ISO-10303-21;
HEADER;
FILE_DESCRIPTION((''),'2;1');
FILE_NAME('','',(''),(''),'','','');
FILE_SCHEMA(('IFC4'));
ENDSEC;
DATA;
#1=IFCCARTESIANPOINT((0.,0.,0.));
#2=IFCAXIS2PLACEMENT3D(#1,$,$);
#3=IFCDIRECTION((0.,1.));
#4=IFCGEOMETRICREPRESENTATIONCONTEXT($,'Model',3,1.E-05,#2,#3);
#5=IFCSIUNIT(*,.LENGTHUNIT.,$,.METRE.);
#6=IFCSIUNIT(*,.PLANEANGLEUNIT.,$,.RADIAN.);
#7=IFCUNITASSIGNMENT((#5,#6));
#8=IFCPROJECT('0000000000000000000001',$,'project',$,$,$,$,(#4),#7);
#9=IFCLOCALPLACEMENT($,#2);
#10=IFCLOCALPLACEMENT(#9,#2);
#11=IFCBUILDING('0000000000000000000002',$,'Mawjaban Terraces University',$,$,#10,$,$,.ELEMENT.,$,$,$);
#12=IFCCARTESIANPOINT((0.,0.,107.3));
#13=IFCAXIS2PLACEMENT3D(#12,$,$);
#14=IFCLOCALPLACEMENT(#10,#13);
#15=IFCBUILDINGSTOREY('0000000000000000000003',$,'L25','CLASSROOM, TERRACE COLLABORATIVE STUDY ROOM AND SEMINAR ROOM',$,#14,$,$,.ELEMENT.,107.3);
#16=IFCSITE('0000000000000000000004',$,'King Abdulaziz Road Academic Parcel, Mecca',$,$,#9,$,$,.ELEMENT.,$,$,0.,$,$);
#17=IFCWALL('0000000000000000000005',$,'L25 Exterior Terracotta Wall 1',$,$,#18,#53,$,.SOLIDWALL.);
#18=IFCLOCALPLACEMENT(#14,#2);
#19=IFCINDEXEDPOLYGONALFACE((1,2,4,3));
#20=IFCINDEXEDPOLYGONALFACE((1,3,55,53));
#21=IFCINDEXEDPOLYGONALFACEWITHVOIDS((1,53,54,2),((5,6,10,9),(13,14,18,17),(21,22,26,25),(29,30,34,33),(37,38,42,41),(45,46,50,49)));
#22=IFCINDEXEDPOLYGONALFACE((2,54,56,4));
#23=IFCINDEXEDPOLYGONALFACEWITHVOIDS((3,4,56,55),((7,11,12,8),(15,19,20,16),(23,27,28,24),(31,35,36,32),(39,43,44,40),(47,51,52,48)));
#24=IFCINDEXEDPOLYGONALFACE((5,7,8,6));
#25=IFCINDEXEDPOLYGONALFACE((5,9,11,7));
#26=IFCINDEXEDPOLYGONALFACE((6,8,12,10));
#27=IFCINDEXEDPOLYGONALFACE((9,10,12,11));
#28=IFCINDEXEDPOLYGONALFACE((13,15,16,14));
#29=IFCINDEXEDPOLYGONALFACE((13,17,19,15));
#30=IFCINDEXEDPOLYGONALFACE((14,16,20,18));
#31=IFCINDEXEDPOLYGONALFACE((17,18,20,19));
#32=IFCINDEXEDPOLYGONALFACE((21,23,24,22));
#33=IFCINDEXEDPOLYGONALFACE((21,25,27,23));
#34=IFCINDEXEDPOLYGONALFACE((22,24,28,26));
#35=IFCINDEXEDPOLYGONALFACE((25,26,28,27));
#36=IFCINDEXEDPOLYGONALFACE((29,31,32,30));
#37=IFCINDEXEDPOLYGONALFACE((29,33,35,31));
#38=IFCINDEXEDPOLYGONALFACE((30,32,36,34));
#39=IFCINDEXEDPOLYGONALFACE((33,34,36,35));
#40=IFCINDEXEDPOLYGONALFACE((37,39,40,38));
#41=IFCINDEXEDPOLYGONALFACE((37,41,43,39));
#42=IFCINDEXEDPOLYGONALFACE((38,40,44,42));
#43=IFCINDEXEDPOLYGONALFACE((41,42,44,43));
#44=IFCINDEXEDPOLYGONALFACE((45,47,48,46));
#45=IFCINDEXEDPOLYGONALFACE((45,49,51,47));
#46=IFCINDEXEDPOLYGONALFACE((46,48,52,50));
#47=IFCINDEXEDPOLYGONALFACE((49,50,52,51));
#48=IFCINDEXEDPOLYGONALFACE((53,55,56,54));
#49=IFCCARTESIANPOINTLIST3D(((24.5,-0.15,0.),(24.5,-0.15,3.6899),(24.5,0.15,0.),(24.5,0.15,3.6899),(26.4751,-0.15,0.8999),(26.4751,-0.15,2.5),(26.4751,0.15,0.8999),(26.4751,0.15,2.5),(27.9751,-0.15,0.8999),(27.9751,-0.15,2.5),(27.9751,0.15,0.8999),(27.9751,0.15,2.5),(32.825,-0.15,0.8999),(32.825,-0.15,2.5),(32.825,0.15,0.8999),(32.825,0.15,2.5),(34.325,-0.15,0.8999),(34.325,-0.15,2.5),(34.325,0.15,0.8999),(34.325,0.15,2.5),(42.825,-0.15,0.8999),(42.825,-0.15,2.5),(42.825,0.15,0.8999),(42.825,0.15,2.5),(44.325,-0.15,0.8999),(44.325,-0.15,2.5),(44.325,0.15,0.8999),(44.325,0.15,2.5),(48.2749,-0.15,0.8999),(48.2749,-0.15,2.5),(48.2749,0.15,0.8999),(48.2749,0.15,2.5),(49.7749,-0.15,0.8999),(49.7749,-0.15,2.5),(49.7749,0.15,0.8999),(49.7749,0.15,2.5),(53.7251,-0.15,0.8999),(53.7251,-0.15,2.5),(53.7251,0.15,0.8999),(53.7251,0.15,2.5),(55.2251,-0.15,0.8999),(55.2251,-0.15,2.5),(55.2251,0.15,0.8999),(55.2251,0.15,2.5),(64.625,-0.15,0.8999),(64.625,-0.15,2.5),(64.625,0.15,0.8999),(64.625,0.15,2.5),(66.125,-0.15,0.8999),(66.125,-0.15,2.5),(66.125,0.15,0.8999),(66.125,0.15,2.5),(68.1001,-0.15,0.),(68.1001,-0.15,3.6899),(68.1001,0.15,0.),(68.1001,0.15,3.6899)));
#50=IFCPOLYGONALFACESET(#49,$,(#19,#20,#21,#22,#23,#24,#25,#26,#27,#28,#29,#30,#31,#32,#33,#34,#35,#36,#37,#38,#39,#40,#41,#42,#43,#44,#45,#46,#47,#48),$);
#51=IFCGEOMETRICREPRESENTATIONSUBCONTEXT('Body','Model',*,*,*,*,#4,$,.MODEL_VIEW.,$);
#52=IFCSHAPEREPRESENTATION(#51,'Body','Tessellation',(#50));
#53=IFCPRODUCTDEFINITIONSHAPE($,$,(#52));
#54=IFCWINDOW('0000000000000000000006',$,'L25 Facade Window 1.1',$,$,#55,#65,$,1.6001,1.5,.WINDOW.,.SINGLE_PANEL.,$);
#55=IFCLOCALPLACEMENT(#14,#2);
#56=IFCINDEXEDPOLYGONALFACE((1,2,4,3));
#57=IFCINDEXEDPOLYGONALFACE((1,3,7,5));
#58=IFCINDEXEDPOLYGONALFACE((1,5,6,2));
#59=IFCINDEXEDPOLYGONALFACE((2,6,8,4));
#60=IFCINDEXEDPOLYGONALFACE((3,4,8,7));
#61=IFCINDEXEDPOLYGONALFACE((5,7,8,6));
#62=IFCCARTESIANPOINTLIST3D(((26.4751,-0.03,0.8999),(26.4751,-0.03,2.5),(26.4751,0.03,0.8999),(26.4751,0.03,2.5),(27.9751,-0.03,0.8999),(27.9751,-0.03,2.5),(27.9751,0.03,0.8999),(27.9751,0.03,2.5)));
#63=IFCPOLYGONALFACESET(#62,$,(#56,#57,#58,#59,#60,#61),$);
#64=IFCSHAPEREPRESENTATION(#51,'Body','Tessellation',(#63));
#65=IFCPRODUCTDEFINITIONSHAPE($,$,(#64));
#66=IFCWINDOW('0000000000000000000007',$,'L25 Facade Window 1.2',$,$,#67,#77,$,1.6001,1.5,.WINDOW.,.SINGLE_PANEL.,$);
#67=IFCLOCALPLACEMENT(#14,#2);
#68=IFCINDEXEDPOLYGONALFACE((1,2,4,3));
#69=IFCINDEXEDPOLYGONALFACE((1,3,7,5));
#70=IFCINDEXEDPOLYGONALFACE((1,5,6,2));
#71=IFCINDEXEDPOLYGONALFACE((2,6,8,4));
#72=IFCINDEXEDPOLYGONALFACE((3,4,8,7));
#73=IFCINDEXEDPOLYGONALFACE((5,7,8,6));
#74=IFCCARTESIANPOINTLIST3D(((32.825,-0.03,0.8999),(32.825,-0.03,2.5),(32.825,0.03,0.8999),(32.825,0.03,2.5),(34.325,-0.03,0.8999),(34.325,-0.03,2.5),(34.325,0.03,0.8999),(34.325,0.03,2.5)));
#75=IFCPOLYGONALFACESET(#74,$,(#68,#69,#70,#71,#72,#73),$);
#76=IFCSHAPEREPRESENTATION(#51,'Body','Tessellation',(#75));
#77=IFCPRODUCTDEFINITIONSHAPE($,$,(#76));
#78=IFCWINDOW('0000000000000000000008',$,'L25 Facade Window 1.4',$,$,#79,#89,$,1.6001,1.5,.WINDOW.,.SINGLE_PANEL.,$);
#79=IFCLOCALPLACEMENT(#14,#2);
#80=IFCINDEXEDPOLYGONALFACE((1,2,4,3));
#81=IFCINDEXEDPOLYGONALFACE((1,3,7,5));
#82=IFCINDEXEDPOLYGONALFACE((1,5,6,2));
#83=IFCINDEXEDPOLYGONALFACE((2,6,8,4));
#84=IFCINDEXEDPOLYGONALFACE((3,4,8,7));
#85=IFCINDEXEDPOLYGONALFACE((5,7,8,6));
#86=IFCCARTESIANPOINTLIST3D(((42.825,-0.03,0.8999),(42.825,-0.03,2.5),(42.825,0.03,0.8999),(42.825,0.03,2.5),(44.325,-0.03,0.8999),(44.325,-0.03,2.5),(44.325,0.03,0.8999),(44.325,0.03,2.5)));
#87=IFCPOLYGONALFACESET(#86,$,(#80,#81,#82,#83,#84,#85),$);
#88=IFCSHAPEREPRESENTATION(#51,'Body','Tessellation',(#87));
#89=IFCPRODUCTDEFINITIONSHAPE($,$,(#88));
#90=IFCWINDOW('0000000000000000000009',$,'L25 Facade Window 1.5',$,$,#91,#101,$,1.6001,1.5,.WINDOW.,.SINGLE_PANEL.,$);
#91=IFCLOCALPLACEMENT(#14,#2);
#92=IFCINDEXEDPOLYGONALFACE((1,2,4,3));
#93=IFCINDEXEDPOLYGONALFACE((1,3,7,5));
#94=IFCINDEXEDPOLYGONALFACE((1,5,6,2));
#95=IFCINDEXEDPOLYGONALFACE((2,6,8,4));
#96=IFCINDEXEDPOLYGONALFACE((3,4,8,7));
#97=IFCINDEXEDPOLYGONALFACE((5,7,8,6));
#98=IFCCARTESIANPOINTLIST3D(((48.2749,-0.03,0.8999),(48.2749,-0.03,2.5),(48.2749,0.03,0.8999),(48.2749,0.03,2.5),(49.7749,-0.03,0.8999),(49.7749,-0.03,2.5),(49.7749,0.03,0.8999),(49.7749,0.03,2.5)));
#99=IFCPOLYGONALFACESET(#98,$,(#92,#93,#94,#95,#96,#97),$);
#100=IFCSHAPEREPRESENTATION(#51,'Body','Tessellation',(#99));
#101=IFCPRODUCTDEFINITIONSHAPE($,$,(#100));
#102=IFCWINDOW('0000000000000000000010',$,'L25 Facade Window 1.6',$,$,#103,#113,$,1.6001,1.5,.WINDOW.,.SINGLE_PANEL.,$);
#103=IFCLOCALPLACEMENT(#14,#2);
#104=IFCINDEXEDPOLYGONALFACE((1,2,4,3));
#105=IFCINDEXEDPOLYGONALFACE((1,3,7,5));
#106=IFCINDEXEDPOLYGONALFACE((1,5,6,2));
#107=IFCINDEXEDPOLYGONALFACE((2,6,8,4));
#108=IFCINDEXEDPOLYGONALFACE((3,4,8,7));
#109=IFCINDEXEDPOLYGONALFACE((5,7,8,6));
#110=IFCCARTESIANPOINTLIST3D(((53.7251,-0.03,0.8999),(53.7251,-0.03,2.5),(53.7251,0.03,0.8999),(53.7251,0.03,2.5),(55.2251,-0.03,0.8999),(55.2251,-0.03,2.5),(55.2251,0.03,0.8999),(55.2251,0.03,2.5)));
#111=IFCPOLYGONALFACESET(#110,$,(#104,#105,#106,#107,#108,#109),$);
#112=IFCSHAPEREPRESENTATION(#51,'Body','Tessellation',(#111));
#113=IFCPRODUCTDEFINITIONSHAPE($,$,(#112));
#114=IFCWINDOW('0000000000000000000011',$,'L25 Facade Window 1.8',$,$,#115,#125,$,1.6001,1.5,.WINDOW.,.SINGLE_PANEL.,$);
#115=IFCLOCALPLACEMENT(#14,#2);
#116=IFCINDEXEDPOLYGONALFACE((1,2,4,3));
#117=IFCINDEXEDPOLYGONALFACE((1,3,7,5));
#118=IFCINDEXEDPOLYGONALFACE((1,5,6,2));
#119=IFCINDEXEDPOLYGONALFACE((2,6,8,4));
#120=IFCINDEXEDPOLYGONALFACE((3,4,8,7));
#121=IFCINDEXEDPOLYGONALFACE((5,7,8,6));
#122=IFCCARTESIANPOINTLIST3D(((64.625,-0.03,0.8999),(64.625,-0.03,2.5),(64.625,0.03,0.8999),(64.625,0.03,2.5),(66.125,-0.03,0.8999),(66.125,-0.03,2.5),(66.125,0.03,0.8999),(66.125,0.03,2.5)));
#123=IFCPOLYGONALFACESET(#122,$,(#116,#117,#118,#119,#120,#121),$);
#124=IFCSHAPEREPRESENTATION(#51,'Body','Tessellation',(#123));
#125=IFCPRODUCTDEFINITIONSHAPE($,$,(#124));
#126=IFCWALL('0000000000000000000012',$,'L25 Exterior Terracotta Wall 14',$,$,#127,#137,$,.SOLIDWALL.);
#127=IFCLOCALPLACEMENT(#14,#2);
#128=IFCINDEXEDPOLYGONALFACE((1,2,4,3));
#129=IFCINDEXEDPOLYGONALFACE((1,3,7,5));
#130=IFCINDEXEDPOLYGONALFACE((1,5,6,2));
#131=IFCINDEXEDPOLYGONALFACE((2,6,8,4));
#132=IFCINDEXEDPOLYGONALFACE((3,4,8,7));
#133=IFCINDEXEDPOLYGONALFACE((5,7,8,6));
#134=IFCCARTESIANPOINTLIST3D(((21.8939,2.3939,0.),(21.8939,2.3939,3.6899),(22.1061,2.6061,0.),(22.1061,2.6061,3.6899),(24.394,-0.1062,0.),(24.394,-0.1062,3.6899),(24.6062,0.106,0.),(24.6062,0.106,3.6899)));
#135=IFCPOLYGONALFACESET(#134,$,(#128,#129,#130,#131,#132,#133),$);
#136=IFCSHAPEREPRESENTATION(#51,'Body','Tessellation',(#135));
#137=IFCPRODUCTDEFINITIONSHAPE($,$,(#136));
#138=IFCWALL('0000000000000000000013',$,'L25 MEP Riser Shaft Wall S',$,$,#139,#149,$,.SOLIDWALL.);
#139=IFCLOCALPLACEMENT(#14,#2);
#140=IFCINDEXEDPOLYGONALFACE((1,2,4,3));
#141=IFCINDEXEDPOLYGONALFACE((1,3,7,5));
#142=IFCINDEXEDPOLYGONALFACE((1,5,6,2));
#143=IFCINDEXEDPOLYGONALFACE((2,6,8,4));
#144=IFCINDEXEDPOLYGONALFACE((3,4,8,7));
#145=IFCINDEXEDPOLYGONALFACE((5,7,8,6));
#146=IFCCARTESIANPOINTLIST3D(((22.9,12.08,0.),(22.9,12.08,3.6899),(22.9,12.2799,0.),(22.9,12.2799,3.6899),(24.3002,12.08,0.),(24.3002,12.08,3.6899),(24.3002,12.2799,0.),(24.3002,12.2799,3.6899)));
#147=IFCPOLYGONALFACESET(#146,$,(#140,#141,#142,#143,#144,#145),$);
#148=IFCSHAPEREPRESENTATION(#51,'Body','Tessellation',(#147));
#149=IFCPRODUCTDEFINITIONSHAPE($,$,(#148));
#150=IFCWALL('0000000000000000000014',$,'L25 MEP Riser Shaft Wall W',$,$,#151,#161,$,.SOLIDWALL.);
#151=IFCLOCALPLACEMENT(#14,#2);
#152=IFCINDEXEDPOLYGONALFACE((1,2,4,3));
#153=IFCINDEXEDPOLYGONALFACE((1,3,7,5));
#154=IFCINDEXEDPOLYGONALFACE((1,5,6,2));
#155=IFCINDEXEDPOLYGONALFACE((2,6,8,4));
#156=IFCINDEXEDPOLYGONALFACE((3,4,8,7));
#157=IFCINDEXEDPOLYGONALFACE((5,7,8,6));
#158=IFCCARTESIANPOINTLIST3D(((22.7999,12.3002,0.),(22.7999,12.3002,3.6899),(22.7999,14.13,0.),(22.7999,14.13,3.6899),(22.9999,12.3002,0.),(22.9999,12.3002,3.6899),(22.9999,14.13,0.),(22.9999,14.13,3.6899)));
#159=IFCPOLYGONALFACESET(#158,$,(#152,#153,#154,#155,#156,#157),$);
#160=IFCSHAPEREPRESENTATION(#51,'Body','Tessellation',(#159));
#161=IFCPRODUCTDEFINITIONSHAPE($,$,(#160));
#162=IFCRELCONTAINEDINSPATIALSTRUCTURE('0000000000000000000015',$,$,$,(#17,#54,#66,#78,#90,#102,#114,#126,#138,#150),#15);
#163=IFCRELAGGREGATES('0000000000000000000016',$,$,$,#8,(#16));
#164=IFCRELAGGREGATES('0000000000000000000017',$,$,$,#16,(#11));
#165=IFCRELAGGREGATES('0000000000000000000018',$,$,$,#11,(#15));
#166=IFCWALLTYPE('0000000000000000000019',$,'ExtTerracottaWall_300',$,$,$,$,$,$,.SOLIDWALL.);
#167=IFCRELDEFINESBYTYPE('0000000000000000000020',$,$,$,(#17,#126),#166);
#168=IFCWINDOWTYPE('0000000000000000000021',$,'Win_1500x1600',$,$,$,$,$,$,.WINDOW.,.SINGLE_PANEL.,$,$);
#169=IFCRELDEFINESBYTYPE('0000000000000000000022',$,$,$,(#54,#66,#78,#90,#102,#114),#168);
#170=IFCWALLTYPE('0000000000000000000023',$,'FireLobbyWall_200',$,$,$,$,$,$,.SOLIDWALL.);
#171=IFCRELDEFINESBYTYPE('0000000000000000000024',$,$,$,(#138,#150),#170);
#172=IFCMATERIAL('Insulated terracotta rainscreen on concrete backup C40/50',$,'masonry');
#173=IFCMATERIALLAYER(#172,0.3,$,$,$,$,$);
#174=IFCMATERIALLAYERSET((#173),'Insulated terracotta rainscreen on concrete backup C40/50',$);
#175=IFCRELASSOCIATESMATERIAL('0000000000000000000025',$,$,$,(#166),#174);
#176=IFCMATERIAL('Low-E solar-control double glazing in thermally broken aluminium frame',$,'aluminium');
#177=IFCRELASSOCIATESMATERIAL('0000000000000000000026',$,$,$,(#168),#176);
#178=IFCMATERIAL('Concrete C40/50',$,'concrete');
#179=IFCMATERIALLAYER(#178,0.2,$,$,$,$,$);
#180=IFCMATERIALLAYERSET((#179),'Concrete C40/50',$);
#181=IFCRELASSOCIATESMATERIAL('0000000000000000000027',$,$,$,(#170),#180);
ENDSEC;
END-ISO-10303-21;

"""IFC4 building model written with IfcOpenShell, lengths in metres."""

from ifc_helpers import new_model, si_unit, direction, frame, frame_2d, origin, place, context, subcontext, project, spatial, rectangle, extrude, material, layer, layer_set, type_object, element, fill, save


model = new_model("IFC4")

# Units and contexts
model_context = context("Model", 3, precision=1e-05, world=origin(), true_north=direction((0.0, 1.0)))
body_context = subcontext(model_context, "Body", "Model", "MODEL_VIEW")
ifc_project = project(units=[si_unit("LENGTHUNIT", "METRE"), si_unit("PLANEANGLEUNIT", "RADIAN")], contexts=[model_context])

# Site, building, storey
site_placement = place(None, origin())
site = spatial("IfcSite", under=ifc_project, at=site_placement, Name="King Abdulaziz Road Academic Parcel, Mecca", CompositionType="ELEMENT", RefElevation=0.0)
building_placement = place(site_placement, origin())
building = spatial("IfcBuilding", under=site, at=building_placement, Name="Mawjaban Terraces University", CompositionType="ELEMENT")
storey_placement = place(building_placement, frame((0.0, 0.0, 107.3)))
storey = spatial("IfcBuildingStorey", under=building, at=storey_placement, Name="L25", Description="CLASSROOM, TERRACE COLLABORATIVE STUDY ROOM AND SEMINAR ROOM", CompositionType="ELEMENT", Elevation=107.3)

# Wall, openings, windows
ifc_material_1 = material(Name="Insulated terracotta rainscreen on concrete backup C40/50", Category="masonry")
ifc_layer_1 = layer(ifc_material_1, 0.3)
ifc_layer_set_1 = layer_set([ifc_layer_1], Name="Insulated terracotta rainscreen on concrete backup C40/50")
wall_type_1 = type_object("IfcWallType", Name="ExtTerracottaWall_300", PredefinedType="SOLIDWALL", material=ifc_layer_set_1)
wall_1_placement = place(storey_placement, frame((24.5, 0.0, 0.0), z_axis=(0.0, 0.0, 1.0), x_axis=(1.0, 0.0, 0.0)))
wall_1 = element("IfcWall", 1, at=wall_1_placement, inside=storey, type_object=wall_type_1, Name="L25 Exterior Terracotta Wall 1", PredefinedType="SOLIDWALL", context=body_context, shape_type="SweptSolid", body=[
    extrude(rectangle(XDim=43.6001, YDim=0.3, at=frame_2d((21.8, 0.0))), origin(), (0.0, 0.0, 1.0), 3.6899),
])
opening_1_placement = place(wall_1_placement, frame((1.9751, 0.0, 0.8999)))
opening_1 = element("IfcOpeningElement", 2, at=opening_1_placement, cuts=wall_1, PredefinedType="OPENING", context=body_context, shape_type="SweptSolid", body=[
    extrude(rectangle(XDim=1.5, YDim=1.6001, at=frame_2d((0.75, 0.8))), frame((0.0, 0.1599, 0.0), z_axis=(0.0, -1.0, 0.0), x_axis=(1.0, 0.0, 0.0)), (0.0, 0.0, 1.0), 0.3201),
])
opening_2_placement = place(wall_1_placement, frame((8.325, 0.0, 0.8999)))
opening_2 = element("IfcOpeningElement", 3, at=opening_2_placement, cuts=wall_1, PredefinedType="OPENING", context=body_context, shape_type="SweptSolid", body=[
    extrude(rectangle(XDim=1.5, YDim=1.6001, at=frame_2d((0.75, 0.8))), frame((0.0, 0.1599, 0.0), z_axis=(0.0, -1.0, 0.0), x_axis=(1.0, 0.0, 0.0)), (0.0, 0.0, 1.0), 0.3201),
])
opening_3_placement = place(wall_1_placement, frame((18.325, 0.0, 0.8999)))
opening_3 = element("IfcOpeningElement", 4, at=opening_3_placement, cuts=wall_1, PredefinedType="OPENING", context=body_context, shape_type="SweptSolid", body=[
    extrude(rectangle(XDim=1.5, YDim=1.6001, at=frame_2d((0.75, 0.8))), frame((0.0, 0.1599, 0.0), z_axis=(0.0, -1.0, 0.0), x_axis=(1.0, 0.0, 0.0)), (0.0, 0.0, 1.0), 0.3201),
])
opening_4_placement = place(wall_1_placement, frame((23.7749, 0.0, 0.8999)))
opening_4 = element("IfcOpeningElement", 5, at=opening_4_placement, cuts=wall_1, PredefinedType="OPENING", context=body_context, shape_type="SweptSolid", body=[
    extrude(rectangle(XDim=1.5, YDim=1.6001, at=frame_2d((0.75, 0.8))), frame((0.0, 0.1599, 0.0), z_axis=(0.0, -1.0, 0.0), x_axis=(1.0, 0.0, 0.0)), (0.0, 0.0, 1.0), 0.3201),
])
opening_5_placement = place(wall_1_placement, frame((29.2251, 0.0, 0.8999)))
opening_5 = element("IfcOpeningElement", 6, at=opening_5_placement, cuts=wall_1, PredefinedType="OPENING", context=body_context, shape_type="SweptSolid", body=[
    extrude(rectangle(XDim=1.5, YDim=1.6001, at=frame_2d((0.75, 0.8))), frame((0.0, 0.1599, 0.0), z_axis=(0.0, -1.0, 0.0), x_axis=(1.0, 0.0, 0.0)), (0.0, 0.0, 1.0), 0.3201),
])
opening_6_placement = place(wall_1_placement, frame((40.125, 0.0, 0.8999)))
opening_6 = element("IfcOpeningElement", 7, at=opening_6_placement, cuts=wall_1, PredefinedType="OPENING", context=body_context, shape_type="SweptSolid", body=[
    extrude(rectangle(XDim=1.5, YDim=1.6001, at=frame_2d((0.75, 0.8))), frame((0.0, 0.1599, 0.0), z_axis=(0.0, -1.0, 0.0), x_axis=(1.0, 0.0, 0.0)), (0.0, 0.0, 1.0), 0.3201),
])
ifc_material_2 = material(Name="Low-E solar-control double glazing in thermally broken aluminium frame", Category="aluminium")
window_type = type_object("IfcWindowType", Name="Win_1500x1600", PartitioningType="SINGLE_PANEL", PredefinedType="WINDOW", material=ifc_material_2)
window_1_placement = place(opening_1_placement, origin())
window_1 = element("IfcWindow", 8, at=window_1_placement, inside=storey, type_object=window_type, Name="L25 Facade Window 1.1", OverallHeight=1.6001, OverallWidth=1.5, PartitioningType="SINGLE_PANEL", PredefinedType="WINDOW", context=body_context, shape_type="SweptSolid", body=[
    extrude(rectangle(XDim=1.5, YDim=1.6001, at=frame_2d((0.75, 0.8))), frame((0.0, 0.03, 0.0), z_axis=(0.0, -1.0, 0.0), x_axis=(1.0, 0.0, 0.0)), (0.0, 0.0, 1.0), 0.0601),
])
fill(opening_1, window_1)
window_2_placement = place(opening_2_placement, origin())
window_2 = element("IfcWindow", 9, at=window_2_placement, inside=storey, type_object=window_type, Name="L25 Facade Window 1.2", OverallHeight=1.6001, OverallWidth=1.5, PartitioningType="SINGLE_PANEL", PredefinedType="WINDOW", context=body_context, shape_type="SweptSolid", body=[
    extrude(rectangle(XDim=1.5, YDim=1.6001, at=frame_2d((0.75, 0.8))), frame((0.0, 0.03, 0.0), z_axis=(0.0, -1.0, 0.0), x_axis=(1.0, 0.0, 0.0)), (0.0, 0.0, 1.0), 0.0601),
])
fill(opening_2, window_2)
window_3_placement = place(opening_3_placement, origin())
window_3 = element("IfcWindow", 10, at=window_3_placement, inside=storey, type_object=window_type, Name="L25 Facade Window 1.4", OverallHeight=1.6001, OverallWidth=1.5, PartitioningType="SINGLE_PANEL", PredefinedType="WINDOW", context=body_context, shape_type="SweptSolid", body=[
    extrude(rectangle(XDim=1.5, YDim=1.6001, at=frame_2d((0.75, 0.8))), frame((0.0, 0.03, 0.0), z_axis=(0.0, -1.0, 0.0), x_axis=(1.0, 0.0, 0.0)), (0.0, 0.0, 1.0), 0.0601),
])
fill(opening_3, window_3)
window_4_placement = place(opening_4_placement, origin())
window_4 = element("IfcWindow", 11, at=window_4_placement, inside=storey, type_object=window_type, Name="L25 Facade Window 1.5", OverallHeight=1.6001, OverallWidth=1.5, PartitioningType="SINGLE_PANEL", PredefinedType="WINDOW", context=body_context, shape_type="SweptSolid", body=[
    extrude(rectangle(XDim=1.5, YDim=1.6001, at=frame_2d((0.75, 0.8))), frame((0.0, 0.03, 0.0), z_axis=(0.0, -1.0, 0.0), x_axis=(1.0, 0.0, 0.0)), (0.0, 0.0, 1.0), 0.0601),
])
fill(opening_4, window_4)
window_5_placement = place(opening_5_placement, origin())
window_5 = element("IfcWindow", 12, at=window_5_placement, inside=storey, type_object=window_type, Name="L25 Facade Window 1.6", OverallHeight=1.6001, OverallWidth=1.5, PartitioningType="SINGLE_PANEL", PredefinedType="WINDOW", context=body_context, shape_type="SweptSolid", body=[
    extrude(rectangle(XDim=1.5, YDim=1.6001, at=frame_2d((0.75, 0.8))), frame((0.0, 0.03, 0.0), z_axis=(0.0, -1.0, 0.0), x_axis=(1.0, 0.0, 0.0)), (0.0, 0.0, 1.0), 0.0601),
])
fill(opening_5, window_5)
window_6_placement = place(opening_6_placement, origin())
window_6 = element("IfcWindow", 13, at=window_6_placement, inside=storey, type_object=window_type, Name="L25 Facade Window 1.8", OverallHeight=1.6001, OverallWidth=1.5, PartitioningType="SINGLE_PANEL", PredefinedType="WINDOW", context=body_context, shape_type="SweptSolid", body=[
    extrude(rectangle(XDim=1.5, YDim=1.6001, at=frame_2d((0.75, 0.8))), frame((0.0, 0.03, 0.0), z_axis=(0.0, -1.0, 0.0), x_axis=(1.0, 0.0, 0.0)), (0.0, 0.0, 1.0), 0.0601),
])
fill(opening_6, window_6)

# Walls
wall_2_placement = place(storey_placement, frame((22.0, 2.5, 0.0), z_axis=(0.0, 0.0, 1.0), x_axis=(0.707107, -0.707107, 0.0)))
element("IfcWall", 14, at=wall_2_placement, inside=storey, type_object=wall_type_1, Name="L25 Exterior Terracotta Wall 14", PredefinedType="SOLIDWALL", context=body_context, shape_type="SweptSolid", body=[
    extrude(rectangle(XDim=3.5356, YDim=0.3, at=frame_2d((1.7678, 0.0))), origin(), (0.0, 0.0, 1.0), 3.6899),
])
ifc_material_3 = material(Name="Concrete C40/50", Category="concrete")
ifc_layer_2 = layer(ifc_material_3, 0.2)
ifc_layer_set_2 = layer_set([ifc_layer_2], Name="Concrete C40/50")
wall_type_2 = type_object("IfcWallType", Name="FireLobbyWall_200", PredefinedType="SOLIDWALL", material=ifc_layer_set_2)
wall_3_placement = place(storey_placement, frame((22.8999, 12.1799, 0.0), z_axis=(0.0, 0.0, 1.0), x_axis=(1.0, 0.0, 0.0)))
element("IfcWall", 15, at=wall_3_placement, inside=storey, type_object=wall_type_2, Name="L25 MEP Riser Shaft Wall S", PredefinedType="SOLIDWALL", context=body_context, shape_type="SweptSolid", body=[
    extrude(rectangle(XDim=1.4001, YDim=0.2, at=frame_2d((0.7002, 0.0))), origin(), (0.0, 0.0, 1.0), 3.6899),
])
wall_4_placement = place(storey_placement, frame((22.8999, 12.3, 0.0), z_axis=(0.0, 0.0, 1.0), x_axis=(0.0, 1.0, 0.0)))
element("IfcWall", 16, at=wall_4_placement, inside=storey, type_object=wall_type_2, Name="L25 MEP Riser Shaft Wall W", PredefinedType="SOLIDWALL", context=body_context, shape_type="SweptSolid", body=[
    extrude(rectangle(XDim=1.8298, YDim=0.2, at=frame_2d((0.915, 0.0))), origin(), (0.0, 0.0, 1.0), 3.6899),
])

save(model, "model.ifc")
